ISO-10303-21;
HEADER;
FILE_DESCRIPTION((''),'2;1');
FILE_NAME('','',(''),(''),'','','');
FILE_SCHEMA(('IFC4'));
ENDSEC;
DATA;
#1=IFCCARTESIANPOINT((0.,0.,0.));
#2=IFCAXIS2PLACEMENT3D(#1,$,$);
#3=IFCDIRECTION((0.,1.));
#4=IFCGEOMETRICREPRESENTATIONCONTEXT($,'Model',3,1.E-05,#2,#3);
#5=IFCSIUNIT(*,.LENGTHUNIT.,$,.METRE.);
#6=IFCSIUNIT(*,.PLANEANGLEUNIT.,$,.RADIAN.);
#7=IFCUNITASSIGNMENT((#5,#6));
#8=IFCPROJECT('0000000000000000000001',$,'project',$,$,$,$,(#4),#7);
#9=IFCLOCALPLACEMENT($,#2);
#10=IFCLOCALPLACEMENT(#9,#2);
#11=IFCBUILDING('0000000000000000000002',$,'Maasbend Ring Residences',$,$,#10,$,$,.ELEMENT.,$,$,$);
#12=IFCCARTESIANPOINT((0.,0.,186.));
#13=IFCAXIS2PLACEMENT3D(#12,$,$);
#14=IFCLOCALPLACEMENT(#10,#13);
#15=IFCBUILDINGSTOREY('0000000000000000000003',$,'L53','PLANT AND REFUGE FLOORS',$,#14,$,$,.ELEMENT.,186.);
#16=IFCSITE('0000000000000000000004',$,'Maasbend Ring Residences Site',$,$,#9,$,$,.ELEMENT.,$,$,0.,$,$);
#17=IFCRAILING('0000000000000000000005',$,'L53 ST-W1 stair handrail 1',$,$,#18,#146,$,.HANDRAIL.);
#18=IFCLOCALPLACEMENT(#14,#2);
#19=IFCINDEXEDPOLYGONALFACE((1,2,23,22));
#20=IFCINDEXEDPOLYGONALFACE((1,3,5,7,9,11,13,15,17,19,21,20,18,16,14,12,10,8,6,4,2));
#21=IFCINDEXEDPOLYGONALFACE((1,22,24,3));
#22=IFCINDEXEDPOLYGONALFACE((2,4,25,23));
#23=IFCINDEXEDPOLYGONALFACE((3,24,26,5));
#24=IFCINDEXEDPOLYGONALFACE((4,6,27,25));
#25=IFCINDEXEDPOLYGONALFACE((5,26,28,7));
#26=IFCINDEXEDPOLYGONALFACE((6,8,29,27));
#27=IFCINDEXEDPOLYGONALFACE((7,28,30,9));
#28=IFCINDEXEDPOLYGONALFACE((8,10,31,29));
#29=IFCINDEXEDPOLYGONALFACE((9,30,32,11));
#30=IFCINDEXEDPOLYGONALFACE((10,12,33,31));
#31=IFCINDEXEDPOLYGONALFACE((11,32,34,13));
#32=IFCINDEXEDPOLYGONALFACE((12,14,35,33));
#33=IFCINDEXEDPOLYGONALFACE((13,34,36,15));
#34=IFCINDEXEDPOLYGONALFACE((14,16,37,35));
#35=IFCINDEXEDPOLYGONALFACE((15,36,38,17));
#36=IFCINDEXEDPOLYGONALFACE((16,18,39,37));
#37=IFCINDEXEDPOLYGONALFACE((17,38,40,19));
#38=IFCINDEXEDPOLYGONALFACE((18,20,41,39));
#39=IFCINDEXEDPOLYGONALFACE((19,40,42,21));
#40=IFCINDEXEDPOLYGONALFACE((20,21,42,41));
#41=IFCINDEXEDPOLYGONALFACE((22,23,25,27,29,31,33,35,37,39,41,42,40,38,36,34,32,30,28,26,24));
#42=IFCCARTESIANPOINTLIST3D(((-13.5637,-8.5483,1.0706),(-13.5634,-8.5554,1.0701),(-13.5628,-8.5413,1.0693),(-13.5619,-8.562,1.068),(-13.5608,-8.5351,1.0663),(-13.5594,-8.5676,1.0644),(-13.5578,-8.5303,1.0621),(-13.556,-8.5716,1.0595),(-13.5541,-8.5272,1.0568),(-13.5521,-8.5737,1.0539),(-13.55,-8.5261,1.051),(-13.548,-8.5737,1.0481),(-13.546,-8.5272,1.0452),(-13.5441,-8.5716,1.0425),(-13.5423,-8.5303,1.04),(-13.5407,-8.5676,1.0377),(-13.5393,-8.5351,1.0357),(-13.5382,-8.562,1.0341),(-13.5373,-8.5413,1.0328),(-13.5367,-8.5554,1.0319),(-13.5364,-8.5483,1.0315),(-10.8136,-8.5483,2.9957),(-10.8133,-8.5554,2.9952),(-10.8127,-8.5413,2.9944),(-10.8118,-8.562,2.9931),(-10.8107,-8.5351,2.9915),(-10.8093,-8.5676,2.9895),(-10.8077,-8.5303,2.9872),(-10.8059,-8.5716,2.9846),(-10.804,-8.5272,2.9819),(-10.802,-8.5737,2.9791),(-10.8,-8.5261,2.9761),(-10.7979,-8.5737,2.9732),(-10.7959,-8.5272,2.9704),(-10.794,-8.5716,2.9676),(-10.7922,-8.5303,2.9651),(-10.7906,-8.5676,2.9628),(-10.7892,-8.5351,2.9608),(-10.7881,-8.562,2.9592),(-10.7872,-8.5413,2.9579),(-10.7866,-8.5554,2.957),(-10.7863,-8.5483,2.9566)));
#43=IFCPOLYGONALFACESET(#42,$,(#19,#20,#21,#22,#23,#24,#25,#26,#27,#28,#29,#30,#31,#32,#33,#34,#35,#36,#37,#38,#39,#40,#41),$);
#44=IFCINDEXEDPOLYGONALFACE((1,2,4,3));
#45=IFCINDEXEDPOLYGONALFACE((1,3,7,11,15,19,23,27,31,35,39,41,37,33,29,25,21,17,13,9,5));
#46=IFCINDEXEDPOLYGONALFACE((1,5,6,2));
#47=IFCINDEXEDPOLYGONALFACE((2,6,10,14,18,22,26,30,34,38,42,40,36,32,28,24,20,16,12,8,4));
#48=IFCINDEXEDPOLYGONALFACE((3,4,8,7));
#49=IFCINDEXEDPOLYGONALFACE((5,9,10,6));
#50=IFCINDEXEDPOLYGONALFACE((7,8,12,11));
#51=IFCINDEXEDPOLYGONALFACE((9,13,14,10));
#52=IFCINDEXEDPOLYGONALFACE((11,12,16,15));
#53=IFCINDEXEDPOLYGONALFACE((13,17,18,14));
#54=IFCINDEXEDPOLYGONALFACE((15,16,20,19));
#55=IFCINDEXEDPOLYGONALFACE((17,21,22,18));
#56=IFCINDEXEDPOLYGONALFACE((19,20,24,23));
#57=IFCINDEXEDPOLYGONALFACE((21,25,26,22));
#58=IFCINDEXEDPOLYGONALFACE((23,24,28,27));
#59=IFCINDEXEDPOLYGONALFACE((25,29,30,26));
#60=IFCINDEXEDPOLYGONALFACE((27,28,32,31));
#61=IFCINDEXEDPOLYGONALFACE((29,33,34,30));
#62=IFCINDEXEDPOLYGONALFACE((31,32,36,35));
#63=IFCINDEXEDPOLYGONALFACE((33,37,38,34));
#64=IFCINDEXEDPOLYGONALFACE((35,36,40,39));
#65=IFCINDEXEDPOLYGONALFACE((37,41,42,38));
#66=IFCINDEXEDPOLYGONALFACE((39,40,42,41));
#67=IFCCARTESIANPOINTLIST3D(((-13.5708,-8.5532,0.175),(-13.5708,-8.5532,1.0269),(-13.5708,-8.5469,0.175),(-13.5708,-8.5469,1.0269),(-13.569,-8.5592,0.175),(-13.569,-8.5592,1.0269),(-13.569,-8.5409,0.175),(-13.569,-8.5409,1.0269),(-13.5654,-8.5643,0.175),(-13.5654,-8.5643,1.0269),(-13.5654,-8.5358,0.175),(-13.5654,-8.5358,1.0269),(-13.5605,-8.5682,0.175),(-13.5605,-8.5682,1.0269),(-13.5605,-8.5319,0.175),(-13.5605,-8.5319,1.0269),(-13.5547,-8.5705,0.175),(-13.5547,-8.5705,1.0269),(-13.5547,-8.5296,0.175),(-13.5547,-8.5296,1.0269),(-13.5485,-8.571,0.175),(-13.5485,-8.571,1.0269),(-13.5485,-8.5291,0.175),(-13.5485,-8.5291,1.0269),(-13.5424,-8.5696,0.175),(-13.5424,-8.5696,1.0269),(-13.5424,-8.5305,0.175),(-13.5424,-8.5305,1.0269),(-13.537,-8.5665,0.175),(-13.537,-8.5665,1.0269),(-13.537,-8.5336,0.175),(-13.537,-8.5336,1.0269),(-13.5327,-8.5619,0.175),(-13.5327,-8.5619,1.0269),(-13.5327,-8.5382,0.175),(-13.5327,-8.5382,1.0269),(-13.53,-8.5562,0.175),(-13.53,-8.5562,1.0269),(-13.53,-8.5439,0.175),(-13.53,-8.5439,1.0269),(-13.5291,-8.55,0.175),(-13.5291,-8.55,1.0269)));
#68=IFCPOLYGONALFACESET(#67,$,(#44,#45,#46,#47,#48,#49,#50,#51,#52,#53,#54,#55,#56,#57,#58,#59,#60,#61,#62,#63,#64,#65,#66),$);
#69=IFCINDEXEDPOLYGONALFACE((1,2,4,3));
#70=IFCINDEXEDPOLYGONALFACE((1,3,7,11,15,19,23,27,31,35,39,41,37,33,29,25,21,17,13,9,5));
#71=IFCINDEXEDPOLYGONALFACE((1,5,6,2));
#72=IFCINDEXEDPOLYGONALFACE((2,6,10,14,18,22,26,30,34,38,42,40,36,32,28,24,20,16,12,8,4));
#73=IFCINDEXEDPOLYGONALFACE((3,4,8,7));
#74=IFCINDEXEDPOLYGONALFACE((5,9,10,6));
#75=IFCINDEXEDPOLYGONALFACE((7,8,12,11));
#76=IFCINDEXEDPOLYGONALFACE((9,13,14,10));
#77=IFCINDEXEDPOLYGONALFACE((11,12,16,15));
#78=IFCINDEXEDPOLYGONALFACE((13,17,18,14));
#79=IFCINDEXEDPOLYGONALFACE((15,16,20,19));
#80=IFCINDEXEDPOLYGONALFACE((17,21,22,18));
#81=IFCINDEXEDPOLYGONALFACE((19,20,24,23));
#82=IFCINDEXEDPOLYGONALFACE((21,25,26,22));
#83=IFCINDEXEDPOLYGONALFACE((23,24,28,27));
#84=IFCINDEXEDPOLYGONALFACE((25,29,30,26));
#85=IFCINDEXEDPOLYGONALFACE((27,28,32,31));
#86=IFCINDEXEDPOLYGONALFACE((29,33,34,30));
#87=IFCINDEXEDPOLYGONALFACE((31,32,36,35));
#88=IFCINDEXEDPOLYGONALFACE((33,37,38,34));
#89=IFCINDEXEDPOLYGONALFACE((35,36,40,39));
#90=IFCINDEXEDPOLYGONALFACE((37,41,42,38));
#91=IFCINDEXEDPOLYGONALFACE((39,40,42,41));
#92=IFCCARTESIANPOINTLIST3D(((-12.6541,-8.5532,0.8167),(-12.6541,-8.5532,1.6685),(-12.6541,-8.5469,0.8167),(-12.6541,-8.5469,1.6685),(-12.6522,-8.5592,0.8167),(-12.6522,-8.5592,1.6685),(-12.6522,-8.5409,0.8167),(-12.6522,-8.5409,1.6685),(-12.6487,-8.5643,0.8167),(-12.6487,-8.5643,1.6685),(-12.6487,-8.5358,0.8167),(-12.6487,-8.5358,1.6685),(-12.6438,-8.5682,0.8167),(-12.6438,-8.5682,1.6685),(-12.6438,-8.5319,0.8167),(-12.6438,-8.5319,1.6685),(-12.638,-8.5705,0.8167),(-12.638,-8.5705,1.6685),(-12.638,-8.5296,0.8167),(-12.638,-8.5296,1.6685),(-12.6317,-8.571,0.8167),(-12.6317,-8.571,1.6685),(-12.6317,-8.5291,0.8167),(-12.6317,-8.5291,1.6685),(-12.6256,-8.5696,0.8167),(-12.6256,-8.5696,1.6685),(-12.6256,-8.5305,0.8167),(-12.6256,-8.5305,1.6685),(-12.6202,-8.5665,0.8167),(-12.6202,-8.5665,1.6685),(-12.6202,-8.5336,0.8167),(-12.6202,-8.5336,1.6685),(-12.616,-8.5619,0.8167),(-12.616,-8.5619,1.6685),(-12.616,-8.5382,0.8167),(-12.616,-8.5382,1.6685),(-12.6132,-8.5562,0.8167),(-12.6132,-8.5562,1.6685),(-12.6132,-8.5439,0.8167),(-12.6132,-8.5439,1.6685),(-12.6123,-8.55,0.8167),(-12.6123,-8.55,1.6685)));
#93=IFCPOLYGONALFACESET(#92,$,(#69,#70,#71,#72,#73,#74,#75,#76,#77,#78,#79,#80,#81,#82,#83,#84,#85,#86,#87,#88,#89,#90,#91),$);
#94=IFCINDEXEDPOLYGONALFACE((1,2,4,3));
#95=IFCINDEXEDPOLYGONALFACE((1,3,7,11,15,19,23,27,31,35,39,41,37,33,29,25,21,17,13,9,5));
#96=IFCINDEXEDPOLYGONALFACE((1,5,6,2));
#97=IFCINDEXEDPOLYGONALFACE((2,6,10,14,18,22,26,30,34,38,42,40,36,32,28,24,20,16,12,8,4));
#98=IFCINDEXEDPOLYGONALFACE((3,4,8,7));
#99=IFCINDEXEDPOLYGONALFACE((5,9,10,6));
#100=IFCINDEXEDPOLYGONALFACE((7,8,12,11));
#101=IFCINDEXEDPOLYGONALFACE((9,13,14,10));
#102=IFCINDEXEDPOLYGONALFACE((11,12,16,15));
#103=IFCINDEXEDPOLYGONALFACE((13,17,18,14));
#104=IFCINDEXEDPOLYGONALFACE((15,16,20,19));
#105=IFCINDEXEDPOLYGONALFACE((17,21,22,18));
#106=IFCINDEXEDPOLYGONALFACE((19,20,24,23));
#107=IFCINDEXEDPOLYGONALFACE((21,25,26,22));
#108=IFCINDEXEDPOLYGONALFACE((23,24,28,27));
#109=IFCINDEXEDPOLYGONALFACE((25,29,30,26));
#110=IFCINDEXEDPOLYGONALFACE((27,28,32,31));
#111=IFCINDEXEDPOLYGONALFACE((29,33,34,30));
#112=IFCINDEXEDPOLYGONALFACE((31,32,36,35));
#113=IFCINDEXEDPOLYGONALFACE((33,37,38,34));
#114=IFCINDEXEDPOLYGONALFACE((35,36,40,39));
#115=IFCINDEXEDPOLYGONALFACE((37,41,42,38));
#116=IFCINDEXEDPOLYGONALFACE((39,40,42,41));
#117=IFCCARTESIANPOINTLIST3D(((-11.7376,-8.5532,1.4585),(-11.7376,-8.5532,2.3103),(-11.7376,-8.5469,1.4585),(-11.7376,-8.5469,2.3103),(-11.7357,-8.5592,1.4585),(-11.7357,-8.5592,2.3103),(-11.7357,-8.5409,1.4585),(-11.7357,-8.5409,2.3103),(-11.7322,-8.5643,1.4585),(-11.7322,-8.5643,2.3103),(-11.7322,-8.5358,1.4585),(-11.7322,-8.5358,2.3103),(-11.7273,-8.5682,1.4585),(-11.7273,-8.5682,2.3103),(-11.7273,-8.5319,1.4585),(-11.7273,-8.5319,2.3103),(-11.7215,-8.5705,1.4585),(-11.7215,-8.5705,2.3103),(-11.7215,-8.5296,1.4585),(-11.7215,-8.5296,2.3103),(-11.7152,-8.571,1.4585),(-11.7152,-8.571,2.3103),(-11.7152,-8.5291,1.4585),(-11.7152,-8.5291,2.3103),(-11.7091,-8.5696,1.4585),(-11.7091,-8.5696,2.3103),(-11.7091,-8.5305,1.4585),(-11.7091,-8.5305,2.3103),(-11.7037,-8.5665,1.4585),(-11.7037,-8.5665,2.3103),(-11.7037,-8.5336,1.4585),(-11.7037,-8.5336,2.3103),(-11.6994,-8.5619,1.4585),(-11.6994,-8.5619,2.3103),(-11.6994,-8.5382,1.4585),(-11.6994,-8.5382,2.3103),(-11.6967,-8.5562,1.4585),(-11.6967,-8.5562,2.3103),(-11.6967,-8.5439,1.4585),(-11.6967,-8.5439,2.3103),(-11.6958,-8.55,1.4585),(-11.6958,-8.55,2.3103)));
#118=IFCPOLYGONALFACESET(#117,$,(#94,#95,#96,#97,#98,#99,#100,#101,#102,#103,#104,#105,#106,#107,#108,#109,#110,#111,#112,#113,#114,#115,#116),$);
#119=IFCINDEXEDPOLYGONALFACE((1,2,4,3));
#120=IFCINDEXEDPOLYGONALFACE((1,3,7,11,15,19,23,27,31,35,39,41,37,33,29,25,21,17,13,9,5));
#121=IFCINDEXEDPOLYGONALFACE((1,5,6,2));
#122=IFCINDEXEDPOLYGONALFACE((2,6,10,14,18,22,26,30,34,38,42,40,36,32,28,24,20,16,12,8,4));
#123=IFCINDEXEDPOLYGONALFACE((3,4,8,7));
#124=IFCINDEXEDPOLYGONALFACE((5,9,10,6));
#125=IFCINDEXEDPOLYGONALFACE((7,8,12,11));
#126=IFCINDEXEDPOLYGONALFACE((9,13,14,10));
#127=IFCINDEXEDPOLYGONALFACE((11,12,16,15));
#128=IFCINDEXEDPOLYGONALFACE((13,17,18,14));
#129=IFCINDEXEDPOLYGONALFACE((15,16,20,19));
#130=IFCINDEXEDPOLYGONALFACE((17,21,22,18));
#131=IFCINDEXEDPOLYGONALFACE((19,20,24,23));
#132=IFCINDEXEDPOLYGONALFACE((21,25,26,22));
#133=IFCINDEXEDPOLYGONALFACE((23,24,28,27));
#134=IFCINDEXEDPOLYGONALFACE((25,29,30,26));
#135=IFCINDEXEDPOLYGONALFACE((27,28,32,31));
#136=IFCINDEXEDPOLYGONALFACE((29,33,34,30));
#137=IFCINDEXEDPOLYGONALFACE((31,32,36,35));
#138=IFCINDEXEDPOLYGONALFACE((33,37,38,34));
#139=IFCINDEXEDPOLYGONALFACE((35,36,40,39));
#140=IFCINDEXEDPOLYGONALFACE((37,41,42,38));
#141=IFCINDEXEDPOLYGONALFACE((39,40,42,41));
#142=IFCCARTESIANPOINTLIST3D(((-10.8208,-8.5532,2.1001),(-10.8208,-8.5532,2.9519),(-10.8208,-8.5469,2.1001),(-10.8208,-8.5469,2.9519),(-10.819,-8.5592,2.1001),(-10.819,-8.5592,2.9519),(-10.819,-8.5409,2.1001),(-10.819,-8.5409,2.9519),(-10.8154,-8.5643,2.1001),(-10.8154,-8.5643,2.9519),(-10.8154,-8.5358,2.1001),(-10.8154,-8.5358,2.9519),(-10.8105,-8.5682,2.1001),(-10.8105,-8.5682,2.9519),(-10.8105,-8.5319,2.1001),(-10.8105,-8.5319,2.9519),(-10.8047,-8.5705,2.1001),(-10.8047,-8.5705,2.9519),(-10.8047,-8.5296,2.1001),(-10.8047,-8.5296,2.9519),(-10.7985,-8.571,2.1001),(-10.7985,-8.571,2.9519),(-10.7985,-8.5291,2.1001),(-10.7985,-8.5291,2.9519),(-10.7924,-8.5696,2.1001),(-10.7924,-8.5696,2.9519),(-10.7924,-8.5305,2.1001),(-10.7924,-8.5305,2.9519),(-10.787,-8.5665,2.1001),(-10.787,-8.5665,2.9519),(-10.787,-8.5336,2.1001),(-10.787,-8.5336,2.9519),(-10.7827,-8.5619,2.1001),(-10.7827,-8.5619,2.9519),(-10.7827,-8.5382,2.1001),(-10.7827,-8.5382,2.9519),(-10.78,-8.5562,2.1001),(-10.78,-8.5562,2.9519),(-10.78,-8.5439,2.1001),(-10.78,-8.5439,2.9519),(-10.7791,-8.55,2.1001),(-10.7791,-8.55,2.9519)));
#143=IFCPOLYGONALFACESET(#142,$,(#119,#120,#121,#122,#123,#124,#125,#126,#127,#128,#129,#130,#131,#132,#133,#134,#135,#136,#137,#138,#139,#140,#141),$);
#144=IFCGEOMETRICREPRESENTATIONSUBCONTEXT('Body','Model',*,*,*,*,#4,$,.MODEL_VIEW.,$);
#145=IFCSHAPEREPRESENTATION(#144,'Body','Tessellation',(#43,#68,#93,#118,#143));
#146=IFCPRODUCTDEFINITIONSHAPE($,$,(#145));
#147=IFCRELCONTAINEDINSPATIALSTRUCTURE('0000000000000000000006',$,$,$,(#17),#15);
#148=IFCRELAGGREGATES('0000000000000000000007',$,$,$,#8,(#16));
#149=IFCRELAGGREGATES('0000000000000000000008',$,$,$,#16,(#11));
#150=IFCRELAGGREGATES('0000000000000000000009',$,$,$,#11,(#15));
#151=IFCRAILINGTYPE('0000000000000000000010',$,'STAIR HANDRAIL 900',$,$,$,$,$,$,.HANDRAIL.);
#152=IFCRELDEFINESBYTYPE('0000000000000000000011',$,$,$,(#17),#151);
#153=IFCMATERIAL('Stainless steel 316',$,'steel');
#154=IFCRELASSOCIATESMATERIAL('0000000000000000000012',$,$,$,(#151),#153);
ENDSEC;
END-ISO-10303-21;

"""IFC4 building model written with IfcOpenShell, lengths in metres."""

from ifc_helpers import new_model, si_unit, direction, frame, origin, origin_2d, place, context, subcontext, project, spatial, circle, extrude, material, type_object, element, save


model = new_model("IFC4")

# Units and contexts
model_context = context("Model", 3, precision=1e-05, world=origin(), true_north=direction((0.0, 1.0)))
body_context = subcontext(model_context, "Body", "Model", "MODEL_VIEW")
ifc_project = project(units=[si_unit("LENGTHUNIT", "METRE"), si_unit("PLANEANGLEUNIT", "RADIAN")], contexts=[model_context])

# Site, building, storey
site_placement = place(None, origin())
site = spatial("IfcSite", under=ifc_project, at=site_placement, Name="Maasbend Ring Residences Site", CompositionType="ELEMENT", RefElevation=0.0)
building_placement = place(site_placement, origin())
building = spatial("IfcBuilding", under=site, at=building_placement, Name="Maasbend Ring Residences", CompositionType="ELEMENT")
storey_placement = place(building_placement, frame((0.0, 0.0, 186.0)))
storey = spatial("IfcBuildingStorey", under=building, at=storey_placement, Name="L53", Description="PLANT AND REFUGE FLOORS", CompositionType="ELEMENT", Elevation=186.0)

# Railing
ifc_material_1 = material(Name="Stainless steel 316", Category="steel")
railing_type_1 = type_object("IfcRailingType", Name="STAIR HANDRAIL 900", PredefinedType="HANDRAIL", material=ifc_material_1)
railing_1_placement = place(storey_placement, frame((-13.55, -8.55, 0.175)))
element("IfcRailing", 1, at=railing_1_placement, inside=storey, type_object=railing_type_1, Name="L53 ST-W1 stair handrail 1", PredefinedType="HANDRAIL", context=body_context, shape_type="SweptSolid", body=[
    extrude(circle(Radius=0.0239, at=origin_2d()), frame((0.0, 0.0, 0.876), z_axis=(0.819225, 0.0, 0.573472), x_axis=(0.0, 1.0, 0.0)), (0.0, 0.0, 1.0), 3.3569),
    extrude(circle(Radius=0.021, at=origin_2d()), origin(), (0.0, 0.0, 1.0), 0.8518),
    extrude(circle(Radius=0.021, at=origin_2d()), frame((0.9167, 0.0, 0.6416)), (0.0, 0.0, 1.0), 0.8518),
    extrude(circle(Radius=0.021, at=origin_2d()), frame((1.8333, 0.0, 1.2834)), (0.0, 0.0, 1.0), 0.8518),
    extrude(circle(Radius=0.021, at=origin_2d()), frame((2.75, 0.0, 1.925)), (0.0, 0.0, 1.0), 0.8518),
])

save(model, "model.ifc")
